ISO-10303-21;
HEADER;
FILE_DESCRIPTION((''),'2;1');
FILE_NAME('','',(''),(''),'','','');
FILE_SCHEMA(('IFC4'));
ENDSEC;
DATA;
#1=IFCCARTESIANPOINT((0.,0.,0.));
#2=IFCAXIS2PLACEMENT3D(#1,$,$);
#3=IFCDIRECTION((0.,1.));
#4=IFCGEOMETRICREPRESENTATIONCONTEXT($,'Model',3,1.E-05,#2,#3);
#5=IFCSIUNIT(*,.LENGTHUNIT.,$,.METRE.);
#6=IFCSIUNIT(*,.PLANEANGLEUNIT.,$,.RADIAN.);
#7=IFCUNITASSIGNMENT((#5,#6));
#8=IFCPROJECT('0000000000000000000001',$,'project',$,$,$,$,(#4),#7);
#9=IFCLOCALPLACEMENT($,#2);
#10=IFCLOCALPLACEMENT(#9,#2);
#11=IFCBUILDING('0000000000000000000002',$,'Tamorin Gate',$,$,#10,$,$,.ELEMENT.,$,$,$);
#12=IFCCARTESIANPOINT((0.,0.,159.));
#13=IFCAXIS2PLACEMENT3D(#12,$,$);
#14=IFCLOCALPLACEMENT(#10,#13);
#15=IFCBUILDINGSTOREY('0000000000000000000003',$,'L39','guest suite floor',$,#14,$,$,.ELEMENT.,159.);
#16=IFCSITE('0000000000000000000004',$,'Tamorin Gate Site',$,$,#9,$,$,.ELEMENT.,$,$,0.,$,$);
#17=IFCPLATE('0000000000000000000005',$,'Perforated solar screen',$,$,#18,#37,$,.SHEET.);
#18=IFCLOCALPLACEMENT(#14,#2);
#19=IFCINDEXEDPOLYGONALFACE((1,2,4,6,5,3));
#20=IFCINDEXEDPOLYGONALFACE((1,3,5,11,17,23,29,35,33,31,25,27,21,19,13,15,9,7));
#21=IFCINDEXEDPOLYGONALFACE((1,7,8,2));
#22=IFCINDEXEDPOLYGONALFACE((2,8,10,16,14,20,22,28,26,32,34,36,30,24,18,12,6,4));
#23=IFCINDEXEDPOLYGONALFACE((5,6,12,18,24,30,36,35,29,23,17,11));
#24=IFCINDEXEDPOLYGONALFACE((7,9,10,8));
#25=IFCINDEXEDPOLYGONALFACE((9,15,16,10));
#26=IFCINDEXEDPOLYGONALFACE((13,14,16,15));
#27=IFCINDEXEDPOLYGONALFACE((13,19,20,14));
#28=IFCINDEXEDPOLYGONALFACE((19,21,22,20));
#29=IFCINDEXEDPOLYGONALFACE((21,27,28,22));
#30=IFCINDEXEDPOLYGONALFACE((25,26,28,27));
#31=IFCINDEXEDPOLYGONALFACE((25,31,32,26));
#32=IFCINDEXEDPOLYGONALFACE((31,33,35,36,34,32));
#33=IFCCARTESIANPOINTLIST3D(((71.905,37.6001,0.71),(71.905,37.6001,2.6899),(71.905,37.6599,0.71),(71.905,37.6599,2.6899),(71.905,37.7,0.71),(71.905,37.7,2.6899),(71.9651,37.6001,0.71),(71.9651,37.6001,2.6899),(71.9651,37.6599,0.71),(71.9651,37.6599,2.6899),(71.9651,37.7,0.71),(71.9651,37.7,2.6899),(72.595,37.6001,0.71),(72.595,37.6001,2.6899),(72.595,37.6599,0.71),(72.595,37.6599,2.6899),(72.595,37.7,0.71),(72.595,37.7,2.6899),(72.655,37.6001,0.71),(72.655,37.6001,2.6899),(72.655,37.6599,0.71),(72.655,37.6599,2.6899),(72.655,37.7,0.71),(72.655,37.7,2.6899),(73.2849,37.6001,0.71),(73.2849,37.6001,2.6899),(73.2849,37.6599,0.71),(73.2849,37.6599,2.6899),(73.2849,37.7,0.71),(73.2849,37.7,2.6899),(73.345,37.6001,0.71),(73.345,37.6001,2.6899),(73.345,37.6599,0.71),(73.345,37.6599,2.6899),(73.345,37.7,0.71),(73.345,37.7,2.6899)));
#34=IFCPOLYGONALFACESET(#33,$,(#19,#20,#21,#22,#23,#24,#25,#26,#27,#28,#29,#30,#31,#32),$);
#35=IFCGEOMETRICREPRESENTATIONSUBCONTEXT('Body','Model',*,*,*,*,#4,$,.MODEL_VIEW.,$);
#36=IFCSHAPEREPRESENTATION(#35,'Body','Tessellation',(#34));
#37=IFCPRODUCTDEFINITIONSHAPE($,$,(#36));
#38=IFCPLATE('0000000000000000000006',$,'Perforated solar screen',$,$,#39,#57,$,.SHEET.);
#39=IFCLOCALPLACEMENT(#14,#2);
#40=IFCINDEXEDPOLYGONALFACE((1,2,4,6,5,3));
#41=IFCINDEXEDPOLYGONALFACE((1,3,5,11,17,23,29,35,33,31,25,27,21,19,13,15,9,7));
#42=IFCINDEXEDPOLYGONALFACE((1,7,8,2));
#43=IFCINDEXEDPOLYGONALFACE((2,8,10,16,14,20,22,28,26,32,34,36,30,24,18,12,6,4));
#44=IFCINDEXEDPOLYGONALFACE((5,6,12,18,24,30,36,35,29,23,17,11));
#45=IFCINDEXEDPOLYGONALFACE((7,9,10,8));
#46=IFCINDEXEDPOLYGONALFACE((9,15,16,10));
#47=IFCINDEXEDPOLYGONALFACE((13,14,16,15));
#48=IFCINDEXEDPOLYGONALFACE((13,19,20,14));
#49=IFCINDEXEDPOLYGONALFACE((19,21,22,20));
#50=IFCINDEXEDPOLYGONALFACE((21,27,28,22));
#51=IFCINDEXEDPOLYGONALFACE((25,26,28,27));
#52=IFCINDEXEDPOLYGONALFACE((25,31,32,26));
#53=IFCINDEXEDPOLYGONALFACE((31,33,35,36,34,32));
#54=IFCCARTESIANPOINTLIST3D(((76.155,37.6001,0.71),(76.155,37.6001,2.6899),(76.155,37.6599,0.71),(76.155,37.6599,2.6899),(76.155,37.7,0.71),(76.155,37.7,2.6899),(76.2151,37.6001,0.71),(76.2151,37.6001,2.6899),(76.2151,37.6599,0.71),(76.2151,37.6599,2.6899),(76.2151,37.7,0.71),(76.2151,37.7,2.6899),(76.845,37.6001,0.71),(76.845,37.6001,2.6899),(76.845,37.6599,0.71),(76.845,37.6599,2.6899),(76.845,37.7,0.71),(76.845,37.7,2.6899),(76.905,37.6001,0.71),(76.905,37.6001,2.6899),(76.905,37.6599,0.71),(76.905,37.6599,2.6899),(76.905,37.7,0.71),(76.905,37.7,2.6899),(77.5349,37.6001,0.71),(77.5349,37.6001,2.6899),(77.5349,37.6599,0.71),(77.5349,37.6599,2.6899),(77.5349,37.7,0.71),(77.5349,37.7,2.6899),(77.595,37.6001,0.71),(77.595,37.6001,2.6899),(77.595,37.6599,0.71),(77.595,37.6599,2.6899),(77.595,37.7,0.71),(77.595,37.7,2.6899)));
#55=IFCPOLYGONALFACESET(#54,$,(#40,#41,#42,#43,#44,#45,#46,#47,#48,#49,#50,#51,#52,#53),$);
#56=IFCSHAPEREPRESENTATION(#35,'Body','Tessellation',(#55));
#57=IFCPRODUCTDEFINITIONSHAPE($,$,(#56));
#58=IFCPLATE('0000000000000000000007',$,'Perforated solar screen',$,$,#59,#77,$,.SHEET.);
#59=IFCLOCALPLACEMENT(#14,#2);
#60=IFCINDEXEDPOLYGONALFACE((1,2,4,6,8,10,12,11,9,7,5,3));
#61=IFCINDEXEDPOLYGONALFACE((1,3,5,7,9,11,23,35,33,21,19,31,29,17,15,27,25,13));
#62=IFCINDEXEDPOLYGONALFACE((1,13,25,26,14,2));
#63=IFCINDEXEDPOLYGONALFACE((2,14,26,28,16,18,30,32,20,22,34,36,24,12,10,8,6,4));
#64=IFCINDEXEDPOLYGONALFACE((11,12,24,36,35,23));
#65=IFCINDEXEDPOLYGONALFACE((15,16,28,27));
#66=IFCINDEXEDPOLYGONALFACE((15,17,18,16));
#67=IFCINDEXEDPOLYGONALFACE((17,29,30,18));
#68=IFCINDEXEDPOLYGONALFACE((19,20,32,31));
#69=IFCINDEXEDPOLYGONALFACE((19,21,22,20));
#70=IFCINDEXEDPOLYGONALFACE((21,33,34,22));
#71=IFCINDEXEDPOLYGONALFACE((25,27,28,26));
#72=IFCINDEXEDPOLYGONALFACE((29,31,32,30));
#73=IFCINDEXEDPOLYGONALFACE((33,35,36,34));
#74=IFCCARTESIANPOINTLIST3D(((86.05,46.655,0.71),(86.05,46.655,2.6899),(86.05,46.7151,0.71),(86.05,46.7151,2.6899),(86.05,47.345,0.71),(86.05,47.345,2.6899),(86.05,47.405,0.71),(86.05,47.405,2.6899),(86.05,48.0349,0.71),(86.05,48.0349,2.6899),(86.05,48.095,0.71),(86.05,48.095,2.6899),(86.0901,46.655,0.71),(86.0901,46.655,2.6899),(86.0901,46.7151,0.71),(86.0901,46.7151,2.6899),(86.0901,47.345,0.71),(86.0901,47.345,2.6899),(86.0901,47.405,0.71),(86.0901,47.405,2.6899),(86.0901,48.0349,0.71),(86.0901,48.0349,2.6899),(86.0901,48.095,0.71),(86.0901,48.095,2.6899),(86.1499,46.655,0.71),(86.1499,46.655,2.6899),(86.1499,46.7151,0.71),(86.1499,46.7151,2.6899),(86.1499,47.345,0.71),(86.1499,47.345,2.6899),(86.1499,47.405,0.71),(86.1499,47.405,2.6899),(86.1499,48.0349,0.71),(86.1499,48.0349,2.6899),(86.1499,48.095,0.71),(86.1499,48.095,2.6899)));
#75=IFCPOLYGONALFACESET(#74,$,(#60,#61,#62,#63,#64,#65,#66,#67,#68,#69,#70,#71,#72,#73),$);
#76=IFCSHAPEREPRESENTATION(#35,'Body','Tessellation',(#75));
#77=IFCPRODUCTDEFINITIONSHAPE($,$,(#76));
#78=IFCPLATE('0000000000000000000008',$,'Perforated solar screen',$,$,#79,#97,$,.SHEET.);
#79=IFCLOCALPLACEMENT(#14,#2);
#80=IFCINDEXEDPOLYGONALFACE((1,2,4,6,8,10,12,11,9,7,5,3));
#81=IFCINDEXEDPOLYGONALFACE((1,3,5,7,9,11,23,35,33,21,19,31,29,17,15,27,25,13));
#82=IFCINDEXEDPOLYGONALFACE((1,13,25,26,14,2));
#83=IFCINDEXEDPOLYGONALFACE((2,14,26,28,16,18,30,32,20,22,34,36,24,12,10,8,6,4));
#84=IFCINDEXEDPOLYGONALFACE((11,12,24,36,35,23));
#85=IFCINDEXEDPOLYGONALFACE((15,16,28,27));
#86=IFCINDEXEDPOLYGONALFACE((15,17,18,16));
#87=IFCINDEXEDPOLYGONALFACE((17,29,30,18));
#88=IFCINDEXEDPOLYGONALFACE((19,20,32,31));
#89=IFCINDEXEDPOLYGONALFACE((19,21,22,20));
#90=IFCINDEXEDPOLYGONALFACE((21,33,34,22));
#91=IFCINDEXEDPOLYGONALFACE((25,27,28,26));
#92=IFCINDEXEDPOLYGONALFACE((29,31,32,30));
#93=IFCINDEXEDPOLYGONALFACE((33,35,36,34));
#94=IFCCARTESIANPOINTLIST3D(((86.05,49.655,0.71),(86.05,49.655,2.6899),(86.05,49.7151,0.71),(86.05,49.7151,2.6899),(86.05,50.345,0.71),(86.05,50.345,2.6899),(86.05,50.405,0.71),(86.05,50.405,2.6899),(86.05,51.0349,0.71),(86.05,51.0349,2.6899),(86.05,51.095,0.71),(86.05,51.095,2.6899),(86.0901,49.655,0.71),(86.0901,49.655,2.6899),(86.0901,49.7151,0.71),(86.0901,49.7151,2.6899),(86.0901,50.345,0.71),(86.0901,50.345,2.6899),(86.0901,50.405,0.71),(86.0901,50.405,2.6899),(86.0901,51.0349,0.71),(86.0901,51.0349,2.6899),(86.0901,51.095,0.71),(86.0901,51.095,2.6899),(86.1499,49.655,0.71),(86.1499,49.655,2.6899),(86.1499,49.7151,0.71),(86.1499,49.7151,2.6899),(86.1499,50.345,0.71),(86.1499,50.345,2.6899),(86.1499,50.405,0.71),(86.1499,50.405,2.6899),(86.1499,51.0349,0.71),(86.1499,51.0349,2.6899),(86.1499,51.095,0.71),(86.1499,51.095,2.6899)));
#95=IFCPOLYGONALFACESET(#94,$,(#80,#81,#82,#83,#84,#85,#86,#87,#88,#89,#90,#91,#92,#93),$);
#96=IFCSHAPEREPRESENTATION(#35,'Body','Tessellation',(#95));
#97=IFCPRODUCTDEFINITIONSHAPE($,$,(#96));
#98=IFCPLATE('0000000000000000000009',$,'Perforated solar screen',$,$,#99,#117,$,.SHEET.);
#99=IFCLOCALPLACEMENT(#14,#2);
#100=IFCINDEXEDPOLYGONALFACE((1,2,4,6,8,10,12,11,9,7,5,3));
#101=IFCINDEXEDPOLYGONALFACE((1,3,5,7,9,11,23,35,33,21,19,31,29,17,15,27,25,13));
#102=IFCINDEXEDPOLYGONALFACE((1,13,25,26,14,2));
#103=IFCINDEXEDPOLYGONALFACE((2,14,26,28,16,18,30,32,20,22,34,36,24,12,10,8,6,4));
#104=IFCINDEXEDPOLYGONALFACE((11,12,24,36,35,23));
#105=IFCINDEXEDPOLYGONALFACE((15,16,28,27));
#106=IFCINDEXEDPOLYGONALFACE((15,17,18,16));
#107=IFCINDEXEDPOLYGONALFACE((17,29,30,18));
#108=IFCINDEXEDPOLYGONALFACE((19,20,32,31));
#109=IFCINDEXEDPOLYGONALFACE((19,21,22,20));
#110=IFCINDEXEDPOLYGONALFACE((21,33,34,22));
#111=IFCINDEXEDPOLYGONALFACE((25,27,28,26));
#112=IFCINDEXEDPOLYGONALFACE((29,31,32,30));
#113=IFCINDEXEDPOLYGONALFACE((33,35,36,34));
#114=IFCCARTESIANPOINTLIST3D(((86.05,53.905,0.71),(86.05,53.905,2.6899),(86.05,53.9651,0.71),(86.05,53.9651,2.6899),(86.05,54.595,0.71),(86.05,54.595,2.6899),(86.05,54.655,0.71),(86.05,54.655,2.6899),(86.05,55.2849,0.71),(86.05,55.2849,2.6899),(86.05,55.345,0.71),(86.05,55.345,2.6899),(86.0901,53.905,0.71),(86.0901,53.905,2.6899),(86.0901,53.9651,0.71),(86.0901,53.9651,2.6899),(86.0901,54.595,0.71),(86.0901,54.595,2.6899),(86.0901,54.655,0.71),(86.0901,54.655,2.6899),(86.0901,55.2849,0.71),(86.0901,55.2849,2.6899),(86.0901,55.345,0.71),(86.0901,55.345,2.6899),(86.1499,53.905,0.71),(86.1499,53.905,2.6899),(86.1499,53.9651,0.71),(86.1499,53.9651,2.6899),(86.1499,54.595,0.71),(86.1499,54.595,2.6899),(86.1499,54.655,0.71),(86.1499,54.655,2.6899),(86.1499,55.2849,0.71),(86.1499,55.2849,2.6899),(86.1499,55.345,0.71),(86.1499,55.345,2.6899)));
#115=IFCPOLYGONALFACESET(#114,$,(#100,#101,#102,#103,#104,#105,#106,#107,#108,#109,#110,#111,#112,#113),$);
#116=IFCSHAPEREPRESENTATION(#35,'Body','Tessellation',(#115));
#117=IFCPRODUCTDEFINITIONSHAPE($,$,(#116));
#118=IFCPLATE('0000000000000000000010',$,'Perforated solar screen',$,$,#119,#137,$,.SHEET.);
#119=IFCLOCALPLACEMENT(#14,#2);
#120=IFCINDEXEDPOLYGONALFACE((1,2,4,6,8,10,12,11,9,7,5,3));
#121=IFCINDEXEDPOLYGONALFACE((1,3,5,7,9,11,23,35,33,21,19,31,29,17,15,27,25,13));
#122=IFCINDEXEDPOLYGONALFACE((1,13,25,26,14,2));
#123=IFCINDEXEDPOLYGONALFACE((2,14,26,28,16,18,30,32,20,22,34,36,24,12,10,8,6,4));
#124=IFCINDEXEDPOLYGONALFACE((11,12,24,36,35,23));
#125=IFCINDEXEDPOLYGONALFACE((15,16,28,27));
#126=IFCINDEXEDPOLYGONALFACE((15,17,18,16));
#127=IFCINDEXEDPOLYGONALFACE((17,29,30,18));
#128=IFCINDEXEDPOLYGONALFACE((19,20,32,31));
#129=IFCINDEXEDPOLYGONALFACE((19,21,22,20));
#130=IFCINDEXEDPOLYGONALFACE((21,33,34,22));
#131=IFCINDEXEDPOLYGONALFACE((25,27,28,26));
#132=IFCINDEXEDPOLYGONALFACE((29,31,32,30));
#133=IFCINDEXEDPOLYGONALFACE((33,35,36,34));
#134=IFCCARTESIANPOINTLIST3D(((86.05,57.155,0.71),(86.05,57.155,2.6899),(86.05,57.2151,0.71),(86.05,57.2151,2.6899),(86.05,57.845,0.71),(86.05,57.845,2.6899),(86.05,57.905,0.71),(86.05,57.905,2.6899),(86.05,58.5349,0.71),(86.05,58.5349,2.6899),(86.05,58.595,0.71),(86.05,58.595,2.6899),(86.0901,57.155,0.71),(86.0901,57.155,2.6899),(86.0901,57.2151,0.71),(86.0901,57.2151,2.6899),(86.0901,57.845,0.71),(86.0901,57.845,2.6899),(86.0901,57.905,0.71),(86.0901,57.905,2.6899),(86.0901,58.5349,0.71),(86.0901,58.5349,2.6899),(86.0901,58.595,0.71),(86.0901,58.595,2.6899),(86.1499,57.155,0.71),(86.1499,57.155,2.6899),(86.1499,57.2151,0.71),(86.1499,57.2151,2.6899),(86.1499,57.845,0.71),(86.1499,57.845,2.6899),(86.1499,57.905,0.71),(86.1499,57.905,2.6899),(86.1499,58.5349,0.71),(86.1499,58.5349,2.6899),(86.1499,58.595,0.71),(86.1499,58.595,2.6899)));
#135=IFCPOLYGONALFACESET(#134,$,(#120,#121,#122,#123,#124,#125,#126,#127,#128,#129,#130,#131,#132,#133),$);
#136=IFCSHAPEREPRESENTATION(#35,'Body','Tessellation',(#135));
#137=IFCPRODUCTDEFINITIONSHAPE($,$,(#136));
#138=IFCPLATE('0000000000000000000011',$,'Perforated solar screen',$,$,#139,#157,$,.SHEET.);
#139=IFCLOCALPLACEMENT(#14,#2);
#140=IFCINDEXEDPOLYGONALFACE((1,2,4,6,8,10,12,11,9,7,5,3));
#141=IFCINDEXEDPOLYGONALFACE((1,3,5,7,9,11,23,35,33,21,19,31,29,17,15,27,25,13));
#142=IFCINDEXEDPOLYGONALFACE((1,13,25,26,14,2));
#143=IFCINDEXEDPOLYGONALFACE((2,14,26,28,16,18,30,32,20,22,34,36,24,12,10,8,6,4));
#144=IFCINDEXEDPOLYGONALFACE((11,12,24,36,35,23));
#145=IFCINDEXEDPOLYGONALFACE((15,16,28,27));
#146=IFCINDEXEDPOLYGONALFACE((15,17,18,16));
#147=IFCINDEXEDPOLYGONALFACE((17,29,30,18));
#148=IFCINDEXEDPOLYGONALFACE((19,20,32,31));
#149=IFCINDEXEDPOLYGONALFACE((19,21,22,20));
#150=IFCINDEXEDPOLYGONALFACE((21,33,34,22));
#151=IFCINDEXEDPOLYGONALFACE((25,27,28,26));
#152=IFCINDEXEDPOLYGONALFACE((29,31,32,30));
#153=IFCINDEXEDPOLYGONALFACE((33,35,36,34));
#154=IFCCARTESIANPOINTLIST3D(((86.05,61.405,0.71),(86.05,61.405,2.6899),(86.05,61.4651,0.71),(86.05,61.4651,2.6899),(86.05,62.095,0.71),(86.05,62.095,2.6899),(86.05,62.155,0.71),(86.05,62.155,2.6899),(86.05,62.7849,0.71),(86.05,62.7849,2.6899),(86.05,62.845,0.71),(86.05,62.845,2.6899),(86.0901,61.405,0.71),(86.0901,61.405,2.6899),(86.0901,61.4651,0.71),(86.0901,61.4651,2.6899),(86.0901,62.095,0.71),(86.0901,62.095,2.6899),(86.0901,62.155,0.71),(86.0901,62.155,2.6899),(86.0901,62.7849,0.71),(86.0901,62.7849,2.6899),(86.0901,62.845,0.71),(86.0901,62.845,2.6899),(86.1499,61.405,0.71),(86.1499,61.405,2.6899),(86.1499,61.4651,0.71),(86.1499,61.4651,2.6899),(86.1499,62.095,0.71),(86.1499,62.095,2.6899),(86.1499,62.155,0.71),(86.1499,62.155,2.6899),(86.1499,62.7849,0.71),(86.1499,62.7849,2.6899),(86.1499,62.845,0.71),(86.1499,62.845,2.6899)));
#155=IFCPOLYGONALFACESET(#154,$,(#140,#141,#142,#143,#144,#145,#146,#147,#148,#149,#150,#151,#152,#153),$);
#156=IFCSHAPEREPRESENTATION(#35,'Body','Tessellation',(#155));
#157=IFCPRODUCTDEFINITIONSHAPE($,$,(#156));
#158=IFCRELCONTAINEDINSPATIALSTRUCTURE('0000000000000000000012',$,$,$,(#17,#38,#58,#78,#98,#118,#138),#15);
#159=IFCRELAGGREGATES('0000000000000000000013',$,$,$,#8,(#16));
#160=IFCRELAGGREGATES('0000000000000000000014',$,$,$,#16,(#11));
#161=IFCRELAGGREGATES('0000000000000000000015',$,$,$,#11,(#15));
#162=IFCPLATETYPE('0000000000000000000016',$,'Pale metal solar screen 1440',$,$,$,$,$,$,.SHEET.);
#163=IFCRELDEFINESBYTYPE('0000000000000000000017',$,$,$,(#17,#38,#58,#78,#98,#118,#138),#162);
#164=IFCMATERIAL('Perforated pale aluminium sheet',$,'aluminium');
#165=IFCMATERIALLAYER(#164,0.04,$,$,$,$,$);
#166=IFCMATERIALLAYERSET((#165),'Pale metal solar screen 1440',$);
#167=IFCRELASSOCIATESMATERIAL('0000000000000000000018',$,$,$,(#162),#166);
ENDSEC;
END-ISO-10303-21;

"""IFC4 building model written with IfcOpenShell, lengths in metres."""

from ifc_helpers import new_model, si_unit, direction, frame, origin, place, context, subcontext, project, spatial, polyline, outline, extrude, material, layer, layer_set, type_object, element, save


model = new_model("IFC4")

# Units and contexts
model_context = context("Model", 3, precision=1e-05, world=origin(), true_north=direction((0.0, 1.0)))
body_context = subcontext(model_context, "Body", "Model", "MODEL_VIEW")
ifc_project = project(units=[si_unit("LENGTHUNIT", "METRE"), si_unit("PLANEANGLEUNIT", "RADIAN")], contexts=[model_context])

# Site, building, storey
site_placement = place(None, origin())
site = spatial("IfcSite", under=ifc_project, at=site_placement, Name="Tamorin Gate Site", CompositionType="ELEMENT", RefElevation=0.0)
building_placement = place(site_placement, origin())
building = spatial("IfcBuilding", under=site, at=building_placement, Name="Tamorin Gate", CompositionType="ELEMENT")
storey_placement = place(building_placement, frame((0.0, 0.0, 159.0)))
storey = spatial("IfcBuildingStorey", under=building, at=storey_placement, Name="L39", Description="guest suite floor", CompositionType="ELEMENT", Elevation=159.0)

# Plates
ifc_material_1 = material(Name="Perforated pale aluminium sheet", Category="aluminium")
ifc_layer_1 = layer(ifc_material_1, 0.04)
ifc_layer_set_1 = layer_set([ifc_layer_1], Name="Pale metal solar screen 1440")
plate_type_1 = type_object("IfcPlateType", Name="Pale metal solar screen 1440", PredefinedType="SHEET", material=ifc_layer_set_1)
plate_1_placement = place(storey_placement, frame((0.0, 0.0, 0.71)))
element("IfcPlate", 1, at=plate_1_placement, inside=storey, type_object=plate_type_1, Name="Perforated solar screen", PredefinedType="SHEET", context=body_context, shape_type="SweptSolid", body=[
    extrude(outline(polyline([(71.905, 37.6599), (71.905, 37.7), (71.9651, 37.7), (72.595, 37.7), (72.655, 37.7), (73.2849, 37.7), (73.345, 37.7), (73.345, 37.6599), (73.345, 37.6001), (73.2849, 37.6001), (73.2849, 37.6599), (72.655, 37.6599), (72.655, 37.6001), (72.595, 37.6001), (72.595, 37.6599), (71.9651, 37.6599), (71.9651, 37.6001), (71.905, 37.6001), (71.905, 37.6599)])), origin(), (0.0, 0.0, 1.0), 1.98),
])
plate_2_placement = place(storey_placement, frame((0.0, 0.0, 0.71)))
element("IfcPlate", 2, at=plate_2_placement, inside=storey, type_object=plate_type_1, Name="Perforated solar screen", PredefinedType="SHEET", context=body_context, shape_type="SweptSolid", body=[
    extrude(outline(polyline([(76.155, 37.6599), (76.155, 37.7), (76.2151, 37.7), (76.845, 37.7), (76.905, 37.7), (77.5349, 37.7), (77.595, 37.7), (77.595, 37.6599), (77.595, 37.6001), (77.5349, 37.6001), (77.5349, 37.6599), (76.905, 37.6599), (76.905, 37.6001), (76.845, 37.6001), (76.845, 37.6599), (76.2151, 37.6599), (76.2151, 37.6001), (76.155, 37.6001), (76.155, 37.6599)])), origin(), (0.0, 0.0, 1.0), 1.98),
])
plate_3_placement = place(storey_placement, frame((0.0, 0.0, 0.71)))
element("IfcPlate", 3, at=plate_3_placement, inside=storey, type_object=plate_type_1, Name="Perforated solar screen", PredefinedType="SHEET", context=body_context, shape_type="SweptSolid", body=[
    extrude(outline(polyline([(86.0901, 46.655), (86.05, 46.655), (86.05, 46.7151), (86.05, 47.345), (86.05, 47.405), (86.05, 48.0349), (86.05, 48.095), (86.05, 48.095), (86.0901, 48.095), (86.0901, 48.095), (86.1499, 48.095), (86.1499, 48.0349), (86.0901, 48.0349), (86.0901, 47.405), (86.1499, 47.405), (86.1499, 47.345), (86.0901, 47.345), (86.0901, 46.7151), (86.1499, 46.7151), (86.1499, 46.655), (86.0901, 46.655)])), origin(), (0.0, 0.0, 1.0), 1.98),
])
plate_4_placement = place(storey_placement, frame((0.0, 0.0, 0.71)))
element("IfcPlate", 4, at=plate_4_placement, inside=storey, type_object=plate_type_1, Name="Perforated solar screen", PredefinedType="SHEET", context=body_context, shape_type="SweptSolid", body=[
    extrude(outline(polyline([(86.0901, 49.655), (86.05, 49.655), (86.05, 49.7151), (86.05, 50.345), (86.05, 50.405), (86.05, 51.0349), (86.05, 51.095), (86.0901, 51.095), (86.1499, 51.095), (86.1499, 51.0349), (86.0901, 51.0349), (86.0901, 50.405), (86.1499, 50.405), (86.1499, 50.345), (86.0901, 50.345), (86.0901, 49.7151), (86.1499, 49.7151), (86.1499, 49.655), (86.0901, 49.655)])), origin(), (0.0, 0.0, 1.0), 1.98),
])
plate_5_placement = place(storey_placement, frame((0.0, 0.0, 0.71)))
element("IfcPlate", 5, at=plate_5_placement, inside=storey, type_object=plate_type_1, Name="Perforated solar screen", PredefinedType="SHEET", context=body_context, shape_type="SweptSolid", body=[
    extrude(outline(polyline([(86.0901, 53.905), (86.05, 53.905), (86.05, 53.9651), (86.05, 54.595), (86.05, 54.655), (86.05, 55.2849), (86.05, 55.345), (86.0901, 55.345), (86.1499, 55.345), (86.1499, 55.2849), (86.0901, 55.2849), (86.0901, 54.655), (86.1499, 54.655), (86.1499, 54.595), (86.0901, 54.595), (86.0901, 53.9651), (86.1499, 53.9651), (86.1499, 53.905), (86.0901, 53.905)])), origin(), (0.0, 0.0, 1.0), 1.98),
])
plate_6_placement = place(storey_placement, frame((0.0, 0.0, 0.71)))
element("IfcPlate", 6, at=plate_6_placement, inside=storey, type_object=plate_type_1, Name="Perforated solar screen", PredefinedType="SHEET", context=body_context, shape_type="SweptSolid", body=[
    extrude(outline(polyline([(86.0901, 57.155), (86.05, 57.155), (86.05, 57.2151), (86.05, 57.845), (86.05, 57.905), (86.05, 58.5349), (86.05, 58.595), (86.0901, 58.595), (86.1499, 58.595), (86.1499, 58.5349), (86.0901, 58.5349), (86.0901, 57.905), (86.1499, 57.905), (86.1499, 57.845), (86.0901, 57.845), (86.0901, 57.2151), (86.1499, 57.2151), (86.1499, 57.155), (86.0901, 57.155)])), origin(), (0.0, 0.0, 1.0), 1.98),
])
plate_7_placement = place(storey_placement, frame((0.0, 0.0, 0.71)))
element("IfcPlate", 7, at=plate_7_placement, inside=storey, type_object=plate_type_1, Name="Perforated solar screen", PredefinedType="SHEET", context=body_context, shape_type="SweptSolid", body=[
    extrude(outline(polyline([(86.0901, 61.405), (86.05, 61.405), (86.05, 61.4651), (86.05, 62.095), (86.05, 62.155), (86.05, 62.7849), (86.05, 62.845), (86.0901, 62.845), (86.1499, 62.845), (86.1499, 62.7849), (86.0901, 62.7849), (86.0901, 62.155), (86.1499, 62.155), (86.1499, 62.095), (86.0901, 62.095), (86.0901, 61.4651), (86.1499, 61.4651), (86.1499, 61.405), (86.0901, 61.405)])), origin(), (0.0, 0.0, 1.0), 1.98),
])

save(model, "model.ifc")
